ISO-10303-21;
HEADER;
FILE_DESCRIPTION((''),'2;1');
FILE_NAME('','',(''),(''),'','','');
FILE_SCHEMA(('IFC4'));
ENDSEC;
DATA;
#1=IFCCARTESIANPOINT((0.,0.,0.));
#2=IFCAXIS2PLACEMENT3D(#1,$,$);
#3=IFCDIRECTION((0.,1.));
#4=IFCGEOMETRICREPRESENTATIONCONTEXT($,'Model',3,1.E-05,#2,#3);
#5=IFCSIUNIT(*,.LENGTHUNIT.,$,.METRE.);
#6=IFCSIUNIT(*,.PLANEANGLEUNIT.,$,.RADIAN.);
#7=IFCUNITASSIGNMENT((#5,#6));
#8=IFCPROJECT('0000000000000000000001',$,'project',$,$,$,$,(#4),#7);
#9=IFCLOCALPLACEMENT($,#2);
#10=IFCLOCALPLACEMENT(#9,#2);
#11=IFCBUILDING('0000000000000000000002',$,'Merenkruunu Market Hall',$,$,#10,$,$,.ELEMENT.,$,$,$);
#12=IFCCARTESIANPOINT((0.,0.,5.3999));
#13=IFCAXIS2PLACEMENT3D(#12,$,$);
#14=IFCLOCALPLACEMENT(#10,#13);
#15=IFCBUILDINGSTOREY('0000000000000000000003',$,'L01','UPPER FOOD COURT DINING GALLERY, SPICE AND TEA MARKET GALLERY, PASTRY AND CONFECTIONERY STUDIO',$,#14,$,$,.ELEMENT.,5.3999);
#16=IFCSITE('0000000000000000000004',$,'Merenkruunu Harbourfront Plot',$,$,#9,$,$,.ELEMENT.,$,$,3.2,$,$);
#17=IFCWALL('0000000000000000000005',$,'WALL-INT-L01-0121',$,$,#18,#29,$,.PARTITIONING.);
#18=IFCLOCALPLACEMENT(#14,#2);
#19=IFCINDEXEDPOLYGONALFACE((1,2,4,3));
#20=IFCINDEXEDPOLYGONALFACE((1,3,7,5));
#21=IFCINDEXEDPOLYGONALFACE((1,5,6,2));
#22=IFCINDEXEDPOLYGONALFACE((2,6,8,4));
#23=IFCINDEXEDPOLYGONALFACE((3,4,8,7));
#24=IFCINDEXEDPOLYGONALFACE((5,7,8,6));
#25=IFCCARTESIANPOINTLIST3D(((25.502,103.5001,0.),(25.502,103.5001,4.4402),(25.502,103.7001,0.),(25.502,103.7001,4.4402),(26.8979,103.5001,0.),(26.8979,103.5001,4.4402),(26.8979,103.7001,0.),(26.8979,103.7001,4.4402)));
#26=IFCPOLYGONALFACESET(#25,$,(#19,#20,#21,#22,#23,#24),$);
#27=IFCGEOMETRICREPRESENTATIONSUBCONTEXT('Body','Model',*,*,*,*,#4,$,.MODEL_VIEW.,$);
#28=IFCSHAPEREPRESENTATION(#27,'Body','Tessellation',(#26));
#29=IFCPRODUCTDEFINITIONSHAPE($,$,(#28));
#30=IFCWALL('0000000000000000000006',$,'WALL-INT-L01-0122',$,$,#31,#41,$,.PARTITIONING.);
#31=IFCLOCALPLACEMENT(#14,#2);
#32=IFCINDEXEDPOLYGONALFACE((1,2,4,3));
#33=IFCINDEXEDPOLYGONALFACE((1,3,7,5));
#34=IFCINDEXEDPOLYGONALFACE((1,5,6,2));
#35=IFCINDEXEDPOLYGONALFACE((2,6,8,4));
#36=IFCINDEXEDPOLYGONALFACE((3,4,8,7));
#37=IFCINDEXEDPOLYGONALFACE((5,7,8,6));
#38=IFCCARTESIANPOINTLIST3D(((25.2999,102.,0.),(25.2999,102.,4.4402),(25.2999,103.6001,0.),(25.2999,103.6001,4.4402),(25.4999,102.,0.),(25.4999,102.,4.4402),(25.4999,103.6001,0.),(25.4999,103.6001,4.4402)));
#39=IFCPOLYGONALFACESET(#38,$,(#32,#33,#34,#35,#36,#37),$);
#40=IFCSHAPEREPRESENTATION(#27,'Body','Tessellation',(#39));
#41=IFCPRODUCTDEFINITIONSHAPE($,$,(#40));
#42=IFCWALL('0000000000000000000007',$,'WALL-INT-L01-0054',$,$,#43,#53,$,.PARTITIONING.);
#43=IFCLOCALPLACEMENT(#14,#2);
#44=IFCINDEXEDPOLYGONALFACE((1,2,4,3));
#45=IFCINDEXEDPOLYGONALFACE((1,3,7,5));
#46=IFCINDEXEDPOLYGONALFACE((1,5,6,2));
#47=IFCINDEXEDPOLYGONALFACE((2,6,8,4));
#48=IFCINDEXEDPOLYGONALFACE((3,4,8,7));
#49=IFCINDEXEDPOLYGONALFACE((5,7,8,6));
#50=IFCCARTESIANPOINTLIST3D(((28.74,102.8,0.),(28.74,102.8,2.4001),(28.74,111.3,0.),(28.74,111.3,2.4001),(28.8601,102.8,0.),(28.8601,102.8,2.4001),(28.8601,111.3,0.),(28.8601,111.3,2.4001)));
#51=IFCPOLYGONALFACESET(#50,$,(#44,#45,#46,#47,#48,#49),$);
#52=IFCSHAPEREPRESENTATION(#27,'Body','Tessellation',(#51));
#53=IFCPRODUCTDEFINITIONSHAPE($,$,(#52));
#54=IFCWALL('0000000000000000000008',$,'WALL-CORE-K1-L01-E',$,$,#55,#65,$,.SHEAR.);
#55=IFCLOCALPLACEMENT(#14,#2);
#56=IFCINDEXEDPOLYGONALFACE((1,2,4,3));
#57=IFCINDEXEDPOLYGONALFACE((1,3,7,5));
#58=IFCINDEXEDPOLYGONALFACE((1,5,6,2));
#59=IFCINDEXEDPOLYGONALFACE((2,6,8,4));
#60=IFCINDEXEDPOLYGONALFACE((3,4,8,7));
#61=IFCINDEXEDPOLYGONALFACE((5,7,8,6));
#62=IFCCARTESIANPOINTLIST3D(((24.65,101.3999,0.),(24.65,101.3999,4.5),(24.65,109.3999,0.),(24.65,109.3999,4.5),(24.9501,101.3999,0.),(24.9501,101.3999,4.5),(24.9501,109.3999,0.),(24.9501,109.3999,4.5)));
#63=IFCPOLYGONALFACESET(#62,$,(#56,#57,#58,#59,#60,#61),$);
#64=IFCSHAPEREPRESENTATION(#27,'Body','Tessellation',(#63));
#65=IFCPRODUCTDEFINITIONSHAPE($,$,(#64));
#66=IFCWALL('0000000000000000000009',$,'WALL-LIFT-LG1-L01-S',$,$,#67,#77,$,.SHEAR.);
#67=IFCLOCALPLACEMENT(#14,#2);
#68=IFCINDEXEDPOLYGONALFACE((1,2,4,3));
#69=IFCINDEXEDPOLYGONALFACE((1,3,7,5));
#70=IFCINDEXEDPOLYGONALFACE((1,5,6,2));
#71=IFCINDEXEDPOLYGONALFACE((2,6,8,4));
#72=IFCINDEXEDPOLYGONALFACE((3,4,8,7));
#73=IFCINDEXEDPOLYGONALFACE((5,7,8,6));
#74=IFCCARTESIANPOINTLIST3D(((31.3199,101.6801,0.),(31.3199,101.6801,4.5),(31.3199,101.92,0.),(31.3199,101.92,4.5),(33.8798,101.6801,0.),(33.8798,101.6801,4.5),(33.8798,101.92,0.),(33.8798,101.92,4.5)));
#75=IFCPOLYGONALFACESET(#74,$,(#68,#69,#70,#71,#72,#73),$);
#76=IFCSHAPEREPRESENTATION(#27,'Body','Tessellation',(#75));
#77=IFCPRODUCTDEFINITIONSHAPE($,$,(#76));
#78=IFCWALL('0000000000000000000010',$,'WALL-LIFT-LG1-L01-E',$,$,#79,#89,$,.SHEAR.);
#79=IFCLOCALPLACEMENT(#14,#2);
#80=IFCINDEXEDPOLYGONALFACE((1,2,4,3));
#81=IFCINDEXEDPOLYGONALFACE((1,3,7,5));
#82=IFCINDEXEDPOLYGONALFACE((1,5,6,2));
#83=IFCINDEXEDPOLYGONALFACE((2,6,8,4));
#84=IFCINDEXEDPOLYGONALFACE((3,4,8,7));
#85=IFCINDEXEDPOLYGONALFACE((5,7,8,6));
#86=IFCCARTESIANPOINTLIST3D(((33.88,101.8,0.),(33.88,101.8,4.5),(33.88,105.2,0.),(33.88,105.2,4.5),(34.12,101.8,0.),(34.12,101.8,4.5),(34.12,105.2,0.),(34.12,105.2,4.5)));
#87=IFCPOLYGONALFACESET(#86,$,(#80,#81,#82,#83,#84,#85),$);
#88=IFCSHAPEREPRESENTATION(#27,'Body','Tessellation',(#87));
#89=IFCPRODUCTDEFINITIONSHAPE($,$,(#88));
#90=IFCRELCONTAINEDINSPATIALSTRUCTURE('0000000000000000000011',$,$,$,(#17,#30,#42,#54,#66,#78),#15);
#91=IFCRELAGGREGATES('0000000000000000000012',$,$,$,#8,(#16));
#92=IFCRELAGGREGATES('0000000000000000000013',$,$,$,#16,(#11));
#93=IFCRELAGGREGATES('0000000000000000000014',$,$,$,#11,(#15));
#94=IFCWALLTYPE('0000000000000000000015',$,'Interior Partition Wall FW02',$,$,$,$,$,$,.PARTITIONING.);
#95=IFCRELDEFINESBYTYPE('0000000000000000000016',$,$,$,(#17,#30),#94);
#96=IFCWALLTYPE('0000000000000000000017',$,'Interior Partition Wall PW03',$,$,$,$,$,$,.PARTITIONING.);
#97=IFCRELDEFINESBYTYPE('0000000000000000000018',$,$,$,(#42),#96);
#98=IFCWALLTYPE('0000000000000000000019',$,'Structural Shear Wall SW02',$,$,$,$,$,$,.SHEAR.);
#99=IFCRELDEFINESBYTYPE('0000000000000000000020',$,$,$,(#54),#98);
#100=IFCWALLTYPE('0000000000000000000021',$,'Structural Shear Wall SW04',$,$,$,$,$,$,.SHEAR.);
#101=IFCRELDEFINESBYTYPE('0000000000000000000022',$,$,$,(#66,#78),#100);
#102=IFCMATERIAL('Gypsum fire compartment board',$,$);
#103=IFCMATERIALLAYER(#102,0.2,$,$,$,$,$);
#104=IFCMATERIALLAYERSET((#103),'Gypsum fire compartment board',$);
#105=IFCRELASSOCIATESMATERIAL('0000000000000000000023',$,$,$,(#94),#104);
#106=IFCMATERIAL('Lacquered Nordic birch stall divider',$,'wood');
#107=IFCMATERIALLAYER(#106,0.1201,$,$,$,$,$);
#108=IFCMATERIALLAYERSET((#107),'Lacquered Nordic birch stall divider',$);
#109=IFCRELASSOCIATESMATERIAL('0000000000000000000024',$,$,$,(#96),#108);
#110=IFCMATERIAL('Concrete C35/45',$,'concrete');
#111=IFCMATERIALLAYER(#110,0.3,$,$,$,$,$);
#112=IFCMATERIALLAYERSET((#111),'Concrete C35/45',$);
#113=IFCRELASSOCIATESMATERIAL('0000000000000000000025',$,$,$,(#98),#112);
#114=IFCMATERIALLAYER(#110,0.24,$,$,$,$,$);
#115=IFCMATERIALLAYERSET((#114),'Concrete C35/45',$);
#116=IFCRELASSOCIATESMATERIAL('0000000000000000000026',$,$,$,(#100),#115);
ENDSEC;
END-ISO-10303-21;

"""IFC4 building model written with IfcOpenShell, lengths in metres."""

from ifc_helpers import new_model, si_unit, direction, frame, frame_2d, origin, place, context, subcontext, project, spatial, rectangle, extrude, material, layer, layer_set, type_object, element, save


model = new_model("IFC4")

# Units and contexts
model_context = context("Model", 3, precision=1e-05, world=origin(), true_north=direction((0.0, 1.0)))
body_context = subcontext(model_context, "Body", "Model", "MODEL_VIEW")
ifc_project = project(units=[si_unit("LENGTHUNIT", "METRE"), si_unit("PLANEANGLEUNIT", "RADIAN")], contexts=[model_context])

# Site, building, storey
site_placement = place(None, origin())
site = spatial("IfcSite", under=ifc_project, at=site_placement, Name="Merenkruunu Harbourfront Plot", CompositionType="ELEMENT", RefElevation=3.2)
building_placement = place(site_placement, origin())
building = spatial("IfcBuilding", under=site, at=building_placement, Name="Merenkruunu Market Hall", CompositionType="ELEMENT")
storey_placement = place(building_placement, frame((0.0, 0.0, 5.3999)))
storey = spatial("IfcBuildingStorey", under=building, at=storey_placement, Name="L01", Description="UPPER FOOD COURT DINING GALLERY, SPICE AND TEA MARKET GALLERY, PASTRY AND CONFECTIONERY STUDIO", CompositionType="ELEMENT", Elevation=5.3999)

# Walls
ifc_material_1 = material(Name="Gypsum fire compartment board")
ifc_layer_1 = layer(ifc_material_1, 0.2)
ifc_layer_set_1 = layer_set([ifc_layer_1], Name="Gypsum fire compartment board")
wall_type_1 = type_object("IfcWallType", Name="Interior Partition Wall FW02", PredefinedType="PARTITIONING", material=ifc_layer_set_1)
wall_1_placement = place(storey_placement, frame((26.8979, 103.6001, 0.0), z_axis=(0.0, 0.0, 1.0), x_axis=(-1.0, 0.0, 0.0)))
element("IfcWall", 1, at=wall_1_placement, inside=storey, type_object=wall_type_1, Name="WALL-INT-L01-0121", PredefinedType="PARTITIONING", context=body_context, shape_type="SweptSolid", body=[
    extrude(rectangle(XDim=1.396, YDim=0.2, at=frame_2d((0.698, 0.0))), origin(), (0.0, 0.0, 1.0), 4.4402),
])
wall_2_placement = place(storey_placement, frame((25.3999, 103.6001, 0.0), z_axis=(0.0, 0.0, 1.0), x_axis=(0.0, -1.0, 0.0)))
element("IfcWall", 2, at=wall_2_placement, inside=storey, type_object=wall_type_1, Name="WALL-INT-L01-0122", PredefinedType="PARTITIONING", context=body_context, shape_type="SweptSolid", body=[
    extrude(rectangle(XDim=1.6001, YDim=0.2, at=frame_2d((0.8, 0.0))), origin(), (0.0, 0.0, 1.0), 4.4402),
])
ifc_material_2 = material(Name="Lacquered Nordic birch stall divider", Category="wood")
ifc_layer_2 = layer(ifc_material_2, 0.1201)
ifc_layer_set_2 = layer_set([ifc_layer_2], Name="Lacquered Nordic birch stall divider")
wall_type_2 = type_object("IfcWallType", Name="Interior Partition Wall PW03", PredefinedType="PARTITIONING", material=ifc_layer_set_2)
wall_3_placement = place(storey_placement, frame((28.8, 102.8, 0.0), z_axis=(0.0, 0.0, 1.0), x_axis=(0.0, 1.0, 0.0)))
element("IfcWall", 3, at=wall_3_placement, inside=storey, type_object=wall_type_2, Name="WALL-INT-L01-0054", PredefinedType="PARTITIONING", context=body_context, shape_type="SweptSolid", body=[
    extrude(rectangle(XDim=8.5, YDim=0.1201, at=frame_2d((4.25, 0.0))), origin(), (0.0, 0.0, 1.0), 2.4001),
])

# Shared definitions
ifc_material_3 = material(Name="Concrete C35/45", Category="concrete")
ifc_layer_3 = layer(ifc_material_3, 0.3)
ifc_layer_set_3 = layer_set([ifc_layer_3], Name="Concrete C35/45")
wall_type_3 = type_object("IfcWallType", Name="Structural Shear Wall SW02", PredefinedType="SHEAR", material=ifc_layer_set_3)

# Walls
wall_4_placement = place(storey_placement, frame((24.8, 101.3999, 0.0), z_axis=(0.0, 0.0, 1.0), x_axis=(0.0, 1.0, 0.0)))
element("IfcWall", 4, at=wall_4_placement, inside=storey, type_object=wall_type_3, Name="WALL-CORE-K1-L01-E", PredefinedType="SHEAR", context=body_context, shape_type="SweptSolid", body=[
    extrude(rectangle(XDim=8.0, YDim=0.3, at=frame_2d((4.0, 0.0))), origin(), (0.0, 0.0, 1.0), 4.5),
])
ifc_layer_4 = layer(ifc_material_3, 0.24)
ifc_layer_set_4 = layer_set([ifc_layer_4], Name="Concrete C35/45")
wall_type_4 = type_object("IfcWallType", Name="Structural Shear Wall SW04", PredefinedType="SHEAR", material=ifc_layer_set_4)
wall_5_placement = place(storey_placement, frame((31.3201, 101.8, 0.0), z_axis=(0.0, 0.0, 1.0), x_axis=(1.0, 0.0, 0.0)))
element("IfcWall", 5, at=wall_5_placement, inside=storey, type_object=wall_type_4, Name="WALL-LIFT-LG1-L01-S", PredefinedType="SHEAR", context=body_context, shape_type="SweptSolid", body=[
    extrude(rectangle(XDim=2.5598, YDim=0.24, at=frame_2d((1.2798, 0.0))), origin(), (0.0, 0.0, 1.0), 4.5),
])
wall_6_placement = place(storey_placement, frame((34.0, 101.8, 0.0), z_axis=(0.0, 0.0, 1.0), x_axis=(0.0, 1.0, 0.0)))
element("IfcWall", 6, at=wall_6_placement, inside=storey, type_object=wall_type_4, Name="WALL-LIFT-LG1-L01-E", PredefinedType="SHEAR", context=body_context, shape_type="SweptSolid", body=[
    extrude(rectangle(XDim=3.3999, YDim=0.24, at=frame_2d((1.7, 0.0))), origin(), (0.0, 0.0, 1.0), 4.5),
])

save(model, "model.ifc")
